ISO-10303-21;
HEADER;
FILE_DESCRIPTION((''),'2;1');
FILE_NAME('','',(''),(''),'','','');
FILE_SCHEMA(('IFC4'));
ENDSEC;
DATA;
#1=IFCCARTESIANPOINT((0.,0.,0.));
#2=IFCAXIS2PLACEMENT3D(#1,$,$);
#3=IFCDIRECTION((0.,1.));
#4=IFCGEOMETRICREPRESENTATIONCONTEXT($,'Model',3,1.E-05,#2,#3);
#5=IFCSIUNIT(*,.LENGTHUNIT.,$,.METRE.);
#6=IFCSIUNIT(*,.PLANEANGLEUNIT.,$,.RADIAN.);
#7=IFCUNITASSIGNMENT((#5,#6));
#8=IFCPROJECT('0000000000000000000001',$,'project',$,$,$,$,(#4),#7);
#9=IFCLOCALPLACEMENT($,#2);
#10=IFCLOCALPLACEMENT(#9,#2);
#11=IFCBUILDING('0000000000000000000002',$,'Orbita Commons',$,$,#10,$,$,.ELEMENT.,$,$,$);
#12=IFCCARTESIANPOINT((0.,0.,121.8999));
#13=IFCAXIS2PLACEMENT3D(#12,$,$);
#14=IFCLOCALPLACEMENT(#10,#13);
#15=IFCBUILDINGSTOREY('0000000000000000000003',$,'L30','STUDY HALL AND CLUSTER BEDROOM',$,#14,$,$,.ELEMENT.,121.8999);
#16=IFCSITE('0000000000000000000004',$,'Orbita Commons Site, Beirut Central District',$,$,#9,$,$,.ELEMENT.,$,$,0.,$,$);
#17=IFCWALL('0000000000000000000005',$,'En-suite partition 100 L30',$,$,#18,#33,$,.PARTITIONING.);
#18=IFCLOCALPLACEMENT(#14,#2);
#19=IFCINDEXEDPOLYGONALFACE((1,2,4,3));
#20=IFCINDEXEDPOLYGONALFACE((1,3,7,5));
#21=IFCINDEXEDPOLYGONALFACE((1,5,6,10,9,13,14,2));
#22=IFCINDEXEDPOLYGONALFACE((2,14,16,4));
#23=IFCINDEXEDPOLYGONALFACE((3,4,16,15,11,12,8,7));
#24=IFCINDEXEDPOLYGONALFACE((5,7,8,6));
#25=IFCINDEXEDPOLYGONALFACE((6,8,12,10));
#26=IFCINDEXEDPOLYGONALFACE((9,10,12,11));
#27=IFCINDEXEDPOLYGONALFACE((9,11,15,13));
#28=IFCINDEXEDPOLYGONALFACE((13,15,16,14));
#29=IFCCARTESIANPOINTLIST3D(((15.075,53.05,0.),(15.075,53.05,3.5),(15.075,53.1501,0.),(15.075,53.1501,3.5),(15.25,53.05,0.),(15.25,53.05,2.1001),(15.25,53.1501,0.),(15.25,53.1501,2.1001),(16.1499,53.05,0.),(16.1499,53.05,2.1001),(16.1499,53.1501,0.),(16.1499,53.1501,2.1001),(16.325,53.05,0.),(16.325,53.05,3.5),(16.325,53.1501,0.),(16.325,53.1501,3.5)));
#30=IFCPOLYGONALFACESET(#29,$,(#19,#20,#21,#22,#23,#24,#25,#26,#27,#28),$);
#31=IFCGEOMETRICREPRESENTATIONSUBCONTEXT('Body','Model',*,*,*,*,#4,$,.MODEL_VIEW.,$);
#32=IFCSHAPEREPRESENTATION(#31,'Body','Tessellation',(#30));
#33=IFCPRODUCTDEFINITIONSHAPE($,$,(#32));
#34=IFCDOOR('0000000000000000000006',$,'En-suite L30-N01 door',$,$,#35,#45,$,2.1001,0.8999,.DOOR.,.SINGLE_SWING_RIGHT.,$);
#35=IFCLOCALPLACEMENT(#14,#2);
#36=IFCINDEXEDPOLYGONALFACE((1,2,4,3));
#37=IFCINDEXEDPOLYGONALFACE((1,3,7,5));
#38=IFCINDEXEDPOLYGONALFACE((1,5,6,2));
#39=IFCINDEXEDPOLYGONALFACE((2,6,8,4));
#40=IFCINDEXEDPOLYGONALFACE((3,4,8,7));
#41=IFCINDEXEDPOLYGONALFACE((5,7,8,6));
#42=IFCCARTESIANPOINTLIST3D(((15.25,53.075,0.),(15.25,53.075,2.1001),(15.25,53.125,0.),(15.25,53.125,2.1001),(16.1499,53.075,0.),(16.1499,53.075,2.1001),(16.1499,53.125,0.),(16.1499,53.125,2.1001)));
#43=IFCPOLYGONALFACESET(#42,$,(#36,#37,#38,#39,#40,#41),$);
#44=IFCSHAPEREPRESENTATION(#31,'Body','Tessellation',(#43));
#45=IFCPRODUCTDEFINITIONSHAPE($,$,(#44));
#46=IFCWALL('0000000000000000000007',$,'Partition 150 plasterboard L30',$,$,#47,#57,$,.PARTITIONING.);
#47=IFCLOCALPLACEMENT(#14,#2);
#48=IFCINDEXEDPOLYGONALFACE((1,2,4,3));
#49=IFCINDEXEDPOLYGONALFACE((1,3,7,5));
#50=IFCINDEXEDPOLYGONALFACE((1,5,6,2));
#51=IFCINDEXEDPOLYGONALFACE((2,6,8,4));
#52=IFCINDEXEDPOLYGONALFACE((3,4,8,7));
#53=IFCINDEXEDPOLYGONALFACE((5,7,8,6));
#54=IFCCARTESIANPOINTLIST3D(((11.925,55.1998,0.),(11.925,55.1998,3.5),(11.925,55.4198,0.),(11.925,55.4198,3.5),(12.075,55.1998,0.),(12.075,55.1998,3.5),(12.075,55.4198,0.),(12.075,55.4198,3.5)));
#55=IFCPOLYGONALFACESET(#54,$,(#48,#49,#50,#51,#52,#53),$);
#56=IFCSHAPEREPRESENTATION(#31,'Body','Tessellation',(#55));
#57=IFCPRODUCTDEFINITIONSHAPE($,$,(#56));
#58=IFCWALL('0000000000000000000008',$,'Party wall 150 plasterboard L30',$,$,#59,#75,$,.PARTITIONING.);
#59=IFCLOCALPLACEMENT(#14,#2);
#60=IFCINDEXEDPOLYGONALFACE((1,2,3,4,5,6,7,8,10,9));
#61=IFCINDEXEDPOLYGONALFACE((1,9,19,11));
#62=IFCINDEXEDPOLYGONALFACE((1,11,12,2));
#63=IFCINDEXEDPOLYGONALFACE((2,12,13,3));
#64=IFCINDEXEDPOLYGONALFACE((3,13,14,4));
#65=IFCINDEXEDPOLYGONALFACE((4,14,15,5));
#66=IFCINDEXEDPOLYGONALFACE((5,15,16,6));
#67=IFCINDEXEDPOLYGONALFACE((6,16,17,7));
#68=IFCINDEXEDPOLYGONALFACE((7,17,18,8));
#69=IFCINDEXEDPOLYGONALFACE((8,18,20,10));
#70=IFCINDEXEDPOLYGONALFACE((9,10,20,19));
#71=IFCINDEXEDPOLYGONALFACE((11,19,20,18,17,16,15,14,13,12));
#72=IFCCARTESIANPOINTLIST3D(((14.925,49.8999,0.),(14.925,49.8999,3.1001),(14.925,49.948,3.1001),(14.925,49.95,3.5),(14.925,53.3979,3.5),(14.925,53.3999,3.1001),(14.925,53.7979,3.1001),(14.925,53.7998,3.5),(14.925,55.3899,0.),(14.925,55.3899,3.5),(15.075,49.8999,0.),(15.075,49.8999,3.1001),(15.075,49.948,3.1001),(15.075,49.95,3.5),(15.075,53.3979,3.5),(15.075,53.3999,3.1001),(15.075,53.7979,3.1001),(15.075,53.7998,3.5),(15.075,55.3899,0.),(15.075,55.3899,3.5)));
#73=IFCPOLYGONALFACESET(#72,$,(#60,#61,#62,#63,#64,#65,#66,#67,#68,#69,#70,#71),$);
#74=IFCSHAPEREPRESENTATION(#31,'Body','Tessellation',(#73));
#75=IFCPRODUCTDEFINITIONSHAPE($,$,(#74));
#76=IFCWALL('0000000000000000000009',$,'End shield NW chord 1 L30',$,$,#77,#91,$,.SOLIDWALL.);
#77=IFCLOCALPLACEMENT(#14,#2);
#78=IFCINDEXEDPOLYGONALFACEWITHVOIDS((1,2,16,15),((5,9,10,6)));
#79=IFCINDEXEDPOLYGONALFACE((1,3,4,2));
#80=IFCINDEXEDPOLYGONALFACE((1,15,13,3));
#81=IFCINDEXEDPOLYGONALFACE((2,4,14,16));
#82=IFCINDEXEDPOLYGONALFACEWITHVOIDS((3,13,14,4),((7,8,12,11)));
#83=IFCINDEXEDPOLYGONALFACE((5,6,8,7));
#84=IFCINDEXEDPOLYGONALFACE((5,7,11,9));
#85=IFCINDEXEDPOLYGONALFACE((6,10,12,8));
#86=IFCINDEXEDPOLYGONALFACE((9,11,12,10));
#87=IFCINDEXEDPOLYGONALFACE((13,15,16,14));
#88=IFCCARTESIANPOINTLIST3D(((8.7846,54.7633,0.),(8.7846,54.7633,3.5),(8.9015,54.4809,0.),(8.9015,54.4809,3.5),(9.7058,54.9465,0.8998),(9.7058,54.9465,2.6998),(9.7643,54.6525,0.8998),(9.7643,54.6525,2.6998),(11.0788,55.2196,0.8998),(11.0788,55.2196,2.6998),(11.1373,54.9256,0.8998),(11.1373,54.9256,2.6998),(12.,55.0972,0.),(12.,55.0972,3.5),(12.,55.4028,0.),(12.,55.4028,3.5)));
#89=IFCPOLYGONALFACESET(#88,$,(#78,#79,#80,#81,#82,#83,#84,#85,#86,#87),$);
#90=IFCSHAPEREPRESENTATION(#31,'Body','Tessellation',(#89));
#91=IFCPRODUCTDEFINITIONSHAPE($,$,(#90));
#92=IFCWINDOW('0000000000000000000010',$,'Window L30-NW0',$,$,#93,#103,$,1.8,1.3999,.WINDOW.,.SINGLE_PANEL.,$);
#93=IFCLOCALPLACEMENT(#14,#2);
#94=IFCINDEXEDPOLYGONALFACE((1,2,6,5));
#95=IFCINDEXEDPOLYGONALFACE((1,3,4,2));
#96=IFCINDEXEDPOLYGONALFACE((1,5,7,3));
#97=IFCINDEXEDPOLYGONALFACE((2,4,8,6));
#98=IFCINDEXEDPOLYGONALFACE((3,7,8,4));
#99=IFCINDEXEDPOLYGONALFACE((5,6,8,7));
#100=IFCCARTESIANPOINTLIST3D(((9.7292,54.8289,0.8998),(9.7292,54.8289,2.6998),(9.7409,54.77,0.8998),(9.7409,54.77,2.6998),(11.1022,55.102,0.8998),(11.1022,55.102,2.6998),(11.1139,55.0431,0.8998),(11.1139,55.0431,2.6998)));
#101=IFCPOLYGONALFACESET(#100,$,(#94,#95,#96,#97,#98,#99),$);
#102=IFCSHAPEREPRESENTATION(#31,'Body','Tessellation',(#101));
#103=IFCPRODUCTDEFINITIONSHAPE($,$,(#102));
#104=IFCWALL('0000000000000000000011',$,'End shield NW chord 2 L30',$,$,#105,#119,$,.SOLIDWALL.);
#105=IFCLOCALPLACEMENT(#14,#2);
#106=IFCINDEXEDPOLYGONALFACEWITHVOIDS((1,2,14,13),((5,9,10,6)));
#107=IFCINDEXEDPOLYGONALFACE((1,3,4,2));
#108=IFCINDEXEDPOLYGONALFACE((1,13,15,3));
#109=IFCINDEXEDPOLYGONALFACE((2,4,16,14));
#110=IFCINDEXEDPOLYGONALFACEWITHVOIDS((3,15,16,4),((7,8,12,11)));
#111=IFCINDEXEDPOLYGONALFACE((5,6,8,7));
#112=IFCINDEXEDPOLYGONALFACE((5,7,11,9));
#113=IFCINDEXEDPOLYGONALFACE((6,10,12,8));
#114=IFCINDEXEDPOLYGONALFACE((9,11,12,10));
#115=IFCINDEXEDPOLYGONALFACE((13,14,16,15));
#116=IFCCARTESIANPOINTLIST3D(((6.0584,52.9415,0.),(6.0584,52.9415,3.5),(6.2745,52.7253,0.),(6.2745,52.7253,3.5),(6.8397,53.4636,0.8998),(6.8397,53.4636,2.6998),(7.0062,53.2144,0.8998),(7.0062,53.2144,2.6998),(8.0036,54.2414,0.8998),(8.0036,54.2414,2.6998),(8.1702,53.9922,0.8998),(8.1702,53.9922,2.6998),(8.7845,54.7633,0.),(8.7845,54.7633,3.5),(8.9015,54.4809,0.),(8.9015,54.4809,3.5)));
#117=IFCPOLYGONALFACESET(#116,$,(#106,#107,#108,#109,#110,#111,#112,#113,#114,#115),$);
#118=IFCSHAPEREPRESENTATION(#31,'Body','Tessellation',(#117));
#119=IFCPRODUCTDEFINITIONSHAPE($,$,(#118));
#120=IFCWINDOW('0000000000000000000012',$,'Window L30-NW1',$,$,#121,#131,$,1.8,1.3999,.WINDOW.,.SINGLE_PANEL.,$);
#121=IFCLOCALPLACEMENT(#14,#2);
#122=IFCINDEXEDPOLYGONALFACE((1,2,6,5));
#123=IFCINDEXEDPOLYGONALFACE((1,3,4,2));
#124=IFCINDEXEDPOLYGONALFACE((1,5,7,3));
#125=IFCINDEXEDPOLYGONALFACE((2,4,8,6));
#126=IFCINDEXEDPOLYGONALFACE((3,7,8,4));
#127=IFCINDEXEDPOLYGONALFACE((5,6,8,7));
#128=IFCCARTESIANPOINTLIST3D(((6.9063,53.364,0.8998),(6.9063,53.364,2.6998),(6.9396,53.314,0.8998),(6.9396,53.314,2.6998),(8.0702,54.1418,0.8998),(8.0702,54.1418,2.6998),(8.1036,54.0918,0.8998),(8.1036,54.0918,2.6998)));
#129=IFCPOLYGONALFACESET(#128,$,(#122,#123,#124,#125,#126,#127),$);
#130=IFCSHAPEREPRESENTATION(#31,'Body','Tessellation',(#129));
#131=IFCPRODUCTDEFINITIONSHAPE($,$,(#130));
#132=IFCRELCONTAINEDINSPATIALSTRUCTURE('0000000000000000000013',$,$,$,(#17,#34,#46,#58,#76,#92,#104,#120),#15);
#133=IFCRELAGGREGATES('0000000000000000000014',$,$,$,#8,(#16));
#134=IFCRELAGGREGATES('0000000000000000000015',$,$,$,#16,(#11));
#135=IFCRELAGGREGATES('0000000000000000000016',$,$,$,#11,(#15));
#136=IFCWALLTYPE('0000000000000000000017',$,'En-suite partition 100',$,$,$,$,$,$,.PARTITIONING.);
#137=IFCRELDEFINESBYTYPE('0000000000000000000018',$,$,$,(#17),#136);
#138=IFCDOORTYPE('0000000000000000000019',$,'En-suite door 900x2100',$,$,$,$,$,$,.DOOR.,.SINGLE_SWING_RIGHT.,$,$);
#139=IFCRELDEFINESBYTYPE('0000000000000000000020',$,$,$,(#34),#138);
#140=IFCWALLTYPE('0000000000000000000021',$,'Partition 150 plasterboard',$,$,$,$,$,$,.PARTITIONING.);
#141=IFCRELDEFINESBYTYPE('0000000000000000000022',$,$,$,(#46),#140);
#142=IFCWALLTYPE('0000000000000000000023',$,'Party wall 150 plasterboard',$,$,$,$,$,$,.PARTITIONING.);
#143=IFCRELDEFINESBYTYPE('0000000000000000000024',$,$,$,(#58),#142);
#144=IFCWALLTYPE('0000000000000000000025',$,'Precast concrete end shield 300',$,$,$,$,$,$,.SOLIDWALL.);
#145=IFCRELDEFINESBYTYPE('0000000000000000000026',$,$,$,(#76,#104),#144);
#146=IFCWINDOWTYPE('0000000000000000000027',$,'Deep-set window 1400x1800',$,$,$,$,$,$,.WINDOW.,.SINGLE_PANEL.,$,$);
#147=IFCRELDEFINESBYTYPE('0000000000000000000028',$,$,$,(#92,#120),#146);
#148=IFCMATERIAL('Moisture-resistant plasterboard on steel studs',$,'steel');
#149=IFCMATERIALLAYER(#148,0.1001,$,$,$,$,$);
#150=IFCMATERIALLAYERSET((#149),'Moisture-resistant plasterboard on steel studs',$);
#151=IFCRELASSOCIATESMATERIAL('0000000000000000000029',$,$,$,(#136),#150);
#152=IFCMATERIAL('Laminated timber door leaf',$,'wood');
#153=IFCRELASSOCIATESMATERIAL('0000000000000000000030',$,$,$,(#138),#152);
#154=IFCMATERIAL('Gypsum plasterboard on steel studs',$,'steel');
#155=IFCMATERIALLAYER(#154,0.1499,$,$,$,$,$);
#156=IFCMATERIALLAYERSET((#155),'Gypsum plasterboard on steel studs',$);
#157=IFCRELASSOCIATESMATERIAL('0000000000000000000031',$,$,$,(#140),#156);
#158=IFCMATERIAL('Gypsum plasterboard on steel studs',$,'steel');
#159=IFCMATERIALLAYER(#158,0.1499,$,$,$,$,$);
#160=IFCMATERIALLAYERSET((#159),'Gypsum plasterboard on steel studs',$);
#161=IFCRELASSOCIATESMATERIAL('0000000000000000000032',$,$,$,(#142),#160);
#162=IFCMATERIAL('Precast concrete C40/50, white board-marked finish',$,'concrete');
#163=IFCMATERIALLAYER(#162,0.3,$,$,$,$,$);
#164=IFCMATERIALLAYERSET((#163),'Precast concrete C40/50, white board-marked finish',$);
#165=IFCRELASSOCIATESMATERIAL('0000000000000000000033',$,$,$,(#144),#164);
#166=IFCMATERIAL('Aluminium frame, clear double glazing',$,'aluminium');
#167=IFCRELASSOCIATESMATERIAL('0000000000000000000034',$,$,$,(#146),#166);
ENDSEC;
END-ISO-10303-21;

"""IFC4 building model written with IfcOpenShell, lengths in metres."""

from ifc_helpers import new_model, si_unit, direction, frame, frame_2d, origin, place, context, subcontext, project, spatial, polyline, rectangle, outline, extrude, material, layer, layer_set, type_object, element, fill, save


model = new_model("IFC4")

# Units and contexts
model_context = context("Model", 3, precision=1e-05, world=origin(), true_north=direction((0.0, 1.0)))
body_context = subcontext(model_context, "Body", "Model", "MODEL_VIEW")
ifc_project = project(units=[si_unit("LENGTHUNIT", "METRE"), si_unit("PLANEANGLEUNIT", "RADIAN")], contexts=[model_context])

# Site, building, storey
site_placement = place(None, origin())
site = spatial("IfcSite", under=ifc_project, at=site_placement, Name="Orbita Commons Site, Beirut Central District", CompositionType="ELEMENT", RefElevation=0.0)
building_placement = place(site_placement, origin())
building = spatial("IfcBuilding", under=site, at=building_placement, Name="Orbita Commons", CompositionType="ELEMENT")
storey_placement = place(building_placement, frame((0.0, 0.0, 121.8999)))
storey = spatial("IfcBuildingStorey", under=building, at=storey_placement, Name="L30", Description="STUDY HALL AND CLUSTER BEDROOM", CompositionType="ELEMENT", Elevation=121.8999)

# Wall, opening, door
ifc_material_1 = material(Name="Moisture-resistant plasterboard on steel studs", Category="steel")
ifc_layer_1 = layer(ifc_material_1, 0.1001)
ifc_layer_set_1 = layer_set([ifc_layer_1], Name="Moisture-resistant plasterboard on steel studs")
wall_type_1 = type_object("IfcWallType", Name="En-suite partition 100", PredefinedType="PARTITIONING", material=ifc_layer_set_1)
ifc_material_2 = material(Name="Laminated timber door leaf", Category="wood")
door_type = type_object("IfcDoorType", Name="En-suite door 900x2100", OperationType="SINGLE_SWING_RIGHT", PredefinedType="DOOR", material=ifc_material_2)
wall_1_placement = place(storey_placement, frame((15.075, 53.1001, 0.0), z_axis=(0.0, 0.0, 1.0), x_axis=(1.0, 0.0, 0.0)))
wall_1 = element("IfcWall", 1, at=wall_1_placement, inside=storey, type_object=wall_type_1, Name="En-suite partition 100 L30", PredefinedType="PARTITIONING", context=body_context, shape_type="SweptSolid", body=[
    extrude(rectangle(XDim=1.25, YDim=0.1001, at=frame_2d((0.625, 0.0))), origin(), (0.0, 0.0, 1.0), 3.5),
])
opening_1_placement = place(wall_1_placement, frame((0.175, 0.0, 0.0)))
opening_1 = element("IfcOpeningElement", 2, at=opening_1_placement, cuts=wall_1, PredefinedType="OPENING", context=body_context, shape_type="SweptSolid", body=[
    extrude(rectangle(XDim=0.8999, YDim=2.1001, at=frame_2d((0.45, 1.05))), frame((0.0, 0.0601, 0.0), z_axis=(0.0, -1.0, 0.0), x_axis=(1.0, 0.0, 0.0)), (0.0, 0.0, 1.0), 0.1201),
])
door_1_placement = place(opening_1_placement, origin())
door_1 = element("IfcDoor", 3, at=door_1_placement, inside=storey, type_object=door_type, Name="En-suite L30-N01 door", OperationType="SINGLE_SWING_RIGHT", OverallHeight=2.1001, OverallWidth=0.8999, PredefinedType="DOOR", context=body_context, shape_type="SweptSolid", body=[
    extrude(rectangle(XDim=0.8999, YDim=2.1001, at=frame_2d((0.45, 1.05))), frame((0.0, 0.0249, 0.0), z_axis=(0.0, -1.0, 0.0), x_axis=(1.0, 0.0, 0.0)), (0.0, 0.0, 1.0), 0.05),
])
fill(opening_1, door_1)

# Walls
ifc_material_3 = material(Name="Gypsum plasterboard on steel studs", Category="steel")
ifc_layer_2 = layer(ifc_material_3, 0.1499)
ifc_layer_set_2 = layer_set([ifc_layer_2], Name="Gypsum plasterboard on steel studs")
wall_type_2 = type_object("IfcWallType", Name="Partition 150 plasterboard", PredefinedType="PARTITIONING", material=ifc_layer_set_2)
wall_2_placement = place(storey_placement, frame((12.0, 55.2, 0.0), z_axis=(0.0, 0.0, 1.0), x_axis=(0.0, 1.0, 0.0)))
element("IfcWall", 4, at=wall_2_placement, inside=storey, type_object=wall_type_2, Name="Partition 150 plasterboard L30", PredefinedType="PARTITIONING", context=body_context, shape_type="SweptSolid", body=[
    extrude(rectangle(XDim=0.22, YDim=0.1499, at=frame_2d((0.1099, 0.0))), origin(), (0.0, 0.0, 1.0), 3.5),
])
ifc_material_4 = material(Name="Gypsum plasterboard on steel studs", Category="steel")
ifc_layer_3 = layer(ifc_material_4, 0.1499)
ifc_layer_set_3 = layer_set([ifc_layer_3], Name="Gypsum plasterboard on steel studs")
wall_type_3 = type_object("IfcWallType", Name="Party wall 150 plasterboard", PredefinedType="PARTITIONING", material=ifc_layer_set_3)
wall_3_placement = place(storey_placement, frame((15.0, 55.3899, 0.0), z_axis=(0.0, 0.0, 1.0), x_axis=(0.0, -1.0, 0.0)))
element("IfcWall", 5, at=wall_3_placement, inside=storey, type_object=wall_type_3, Name="Party wall 150 plasterboard L30", PredefinedType="PARTITIONING", context=body_context, shape_type="SweptSolid", body=[
    extrude(outline(polyline([(0.0, 0.0), (5.49, 0.0), (5.49, 3.1001), (5.4419, 3.1001), (5.4399, 3.5), (1.9919, 3.5), (1.99, 3.1001), (1.592, 3.1001), (1.5901, 3.5), (0.0, 3.5), (0.0, 0.0)])), frame((0.0, 0.075, 0.0), z_axis=(0.0, -1.0, 0.0), x_axis=(1.0, 0.0, 0.0)), (0.0, 0.0, 1.0), 0.1499),
])

# Walls, openings, windows
ifc_material_5 = material(Name="Precast concrete C40/50, white board-marked finish", Category="concrete")
ifc_layer_4 = layer(ifc_material_5, 0.3)
ifc_layer_set_4 = layer_set([ifc_layer_4], Name="Precast concrete C40/50, white board-marked finish")
wall_type_4 = type_object("IfcWallType", Name="Precast concrete end shield 300", PredefinedType="SOLIDWALL", material=ifc_layer_set_4)
wall_4_placement = place(storey_placement, frame((12.0, 55.25, 0.0), z_axis=(0.0, 0.0, 1.0), x_axis=(-0.980787, -0.19508, 0.0)))
wall_4 = element("IfcWall", 6, at=wall_4_placement, inside=storey, type_object=wall_type_4, Name="End shield NW chord 1 L30", PredefinedType="SOLIDWALL", context=body_context, shape_type="SweptSolid", body=[
    extrude(outline(polyline([(-0.0298, -0.1499), (3.2485, -0.1499), (3.189, 0.1499), (0.0298, 0.1499), (-0.0298, -0.1499)])), origin(), (0.0, 0.0, 1.0), 3.5),
])
opening_2_placement = place(wall_4_placement, frame((0.9094, 0.0, 0.8999)))
opening_2 = element("IfcOpeningElement", 7, at=opening_2_placement, cuts=wall_4, PredefinedType="OPENING", context=body_context, shape_type="SweptSolid", body=[
    extrude(rectangle(XDim=1.3999, YDim=1.8, at=frame_2d((0.7, 0.8999))), frame((0.0, 0.1599, 0.0), z_axis=(0.0, -1.0, 0.0), x_axis=(1.0, 0.0, 0.0)), (0.0, 0.0, 1.0), 0.3201),
])
ifc_material_6 = material(Name="Aluminium frame, clear double glazing", Category="aluminium")
window_type = type_object("IfcWindowType", Name="Deep-set window 1400x1800", PartitioningType="SINGLE_PANEL", PredefinedType="WINDOW", material=ifc_material_6)
window_1_placement = place(opening_2_placement, origin())
window_1 = element("IfcWindow", 8, at=window_1_placement, inside=storey, type_object=window_type, Name="Window L30-NW0", OverallHeight=1.8, OverallWidth=1.3999, PartitioningType="SINGLE_PANEL", PredefinedType="WINDOW", context=body_context, shape_type="SweptSolid", body=[
    extrude(rectangle(XDim=1.3999, YDim=1.8, at=frame_2d((0.7, 0.8999))), frame((0.0, 0.03, 0.0), z_axis=(0.0, -1.0, 0.0), x_axis=(1.0, 0.0, 0.0)), (0.0, 0.0, 1.0), 0.0601),
])
fill(opening_2, window_1)
wall_5_placement = place(storey_placement, frame((8.843, 54.6221, 0.0), z_axis=(0.0, 0.0, 1.0), x_axis=(-0.831443, -0.55561, 0.0)))
wall_5 = element("IfcWall", 9, at=wall_5_placement, inside=storey, type_object=wall_type_4, Name="End shield NW chord 2 L30", PredefinedType="SOLIDWALL", context=body_context, shape_type="SweptSolid", body=[
    extrude(outline(polyline([(-0.0298, -0.1499), (3.249, -0.1499), (3.1895, 0.1499), (0.0298, 0.1499), (-0.0298, -0.1499)])), origin(), (0.0, 0.0, 1.0), 3.5),
])
opening_3_placement = place(wall_5_placement, frame((0.9094, 0.0, 0.8999)))
opening_3 = element("IfcOpeningElement", 10, at=opening_3_placement, cuts=wall_5, PredefinedType="OPENING", context=body_context, shape_type="SweptSolid", body=[
    extrude(rectangle(XDim=1.3999, YDim=1.8, at=frame_2d((0.7, 0.8999))), frame((0.0, 0.1599, 0.0), z_axis=(0.0, -1.0, 0.0), x_axis=(1.0, 0.0, 0.0)), (0.0, 0.0, 1.0), 0.3201),
])
window_2_placement = place(opening_3_placement, origin())
window_2 = element("IfcWindow", 11, at=window_2_placement, inside=storey, type_object=window_type, Name="Window L30-NW1", OverallHeight=1.8, OverallWidth=1.3999, PartitioningType="SINGLE_PANEL", PredefinedType="WINDOW", context=body_context, shape_type="SweptSolid", body=[
    extrude(rectangle(XDim=1.3999, YDim=1.8, at=frame_2d((0.7, 0.8999))), frame((0.0, 0.03, 0.0), z_axis=(0.0, -1.0, 0.0), x_axis=(1.0, 0.0, 0.0)), (0.0, 0.0, 1.0), 0.0601),
])
fill(opening_3, window_2)

save(model, "model.ifc")
